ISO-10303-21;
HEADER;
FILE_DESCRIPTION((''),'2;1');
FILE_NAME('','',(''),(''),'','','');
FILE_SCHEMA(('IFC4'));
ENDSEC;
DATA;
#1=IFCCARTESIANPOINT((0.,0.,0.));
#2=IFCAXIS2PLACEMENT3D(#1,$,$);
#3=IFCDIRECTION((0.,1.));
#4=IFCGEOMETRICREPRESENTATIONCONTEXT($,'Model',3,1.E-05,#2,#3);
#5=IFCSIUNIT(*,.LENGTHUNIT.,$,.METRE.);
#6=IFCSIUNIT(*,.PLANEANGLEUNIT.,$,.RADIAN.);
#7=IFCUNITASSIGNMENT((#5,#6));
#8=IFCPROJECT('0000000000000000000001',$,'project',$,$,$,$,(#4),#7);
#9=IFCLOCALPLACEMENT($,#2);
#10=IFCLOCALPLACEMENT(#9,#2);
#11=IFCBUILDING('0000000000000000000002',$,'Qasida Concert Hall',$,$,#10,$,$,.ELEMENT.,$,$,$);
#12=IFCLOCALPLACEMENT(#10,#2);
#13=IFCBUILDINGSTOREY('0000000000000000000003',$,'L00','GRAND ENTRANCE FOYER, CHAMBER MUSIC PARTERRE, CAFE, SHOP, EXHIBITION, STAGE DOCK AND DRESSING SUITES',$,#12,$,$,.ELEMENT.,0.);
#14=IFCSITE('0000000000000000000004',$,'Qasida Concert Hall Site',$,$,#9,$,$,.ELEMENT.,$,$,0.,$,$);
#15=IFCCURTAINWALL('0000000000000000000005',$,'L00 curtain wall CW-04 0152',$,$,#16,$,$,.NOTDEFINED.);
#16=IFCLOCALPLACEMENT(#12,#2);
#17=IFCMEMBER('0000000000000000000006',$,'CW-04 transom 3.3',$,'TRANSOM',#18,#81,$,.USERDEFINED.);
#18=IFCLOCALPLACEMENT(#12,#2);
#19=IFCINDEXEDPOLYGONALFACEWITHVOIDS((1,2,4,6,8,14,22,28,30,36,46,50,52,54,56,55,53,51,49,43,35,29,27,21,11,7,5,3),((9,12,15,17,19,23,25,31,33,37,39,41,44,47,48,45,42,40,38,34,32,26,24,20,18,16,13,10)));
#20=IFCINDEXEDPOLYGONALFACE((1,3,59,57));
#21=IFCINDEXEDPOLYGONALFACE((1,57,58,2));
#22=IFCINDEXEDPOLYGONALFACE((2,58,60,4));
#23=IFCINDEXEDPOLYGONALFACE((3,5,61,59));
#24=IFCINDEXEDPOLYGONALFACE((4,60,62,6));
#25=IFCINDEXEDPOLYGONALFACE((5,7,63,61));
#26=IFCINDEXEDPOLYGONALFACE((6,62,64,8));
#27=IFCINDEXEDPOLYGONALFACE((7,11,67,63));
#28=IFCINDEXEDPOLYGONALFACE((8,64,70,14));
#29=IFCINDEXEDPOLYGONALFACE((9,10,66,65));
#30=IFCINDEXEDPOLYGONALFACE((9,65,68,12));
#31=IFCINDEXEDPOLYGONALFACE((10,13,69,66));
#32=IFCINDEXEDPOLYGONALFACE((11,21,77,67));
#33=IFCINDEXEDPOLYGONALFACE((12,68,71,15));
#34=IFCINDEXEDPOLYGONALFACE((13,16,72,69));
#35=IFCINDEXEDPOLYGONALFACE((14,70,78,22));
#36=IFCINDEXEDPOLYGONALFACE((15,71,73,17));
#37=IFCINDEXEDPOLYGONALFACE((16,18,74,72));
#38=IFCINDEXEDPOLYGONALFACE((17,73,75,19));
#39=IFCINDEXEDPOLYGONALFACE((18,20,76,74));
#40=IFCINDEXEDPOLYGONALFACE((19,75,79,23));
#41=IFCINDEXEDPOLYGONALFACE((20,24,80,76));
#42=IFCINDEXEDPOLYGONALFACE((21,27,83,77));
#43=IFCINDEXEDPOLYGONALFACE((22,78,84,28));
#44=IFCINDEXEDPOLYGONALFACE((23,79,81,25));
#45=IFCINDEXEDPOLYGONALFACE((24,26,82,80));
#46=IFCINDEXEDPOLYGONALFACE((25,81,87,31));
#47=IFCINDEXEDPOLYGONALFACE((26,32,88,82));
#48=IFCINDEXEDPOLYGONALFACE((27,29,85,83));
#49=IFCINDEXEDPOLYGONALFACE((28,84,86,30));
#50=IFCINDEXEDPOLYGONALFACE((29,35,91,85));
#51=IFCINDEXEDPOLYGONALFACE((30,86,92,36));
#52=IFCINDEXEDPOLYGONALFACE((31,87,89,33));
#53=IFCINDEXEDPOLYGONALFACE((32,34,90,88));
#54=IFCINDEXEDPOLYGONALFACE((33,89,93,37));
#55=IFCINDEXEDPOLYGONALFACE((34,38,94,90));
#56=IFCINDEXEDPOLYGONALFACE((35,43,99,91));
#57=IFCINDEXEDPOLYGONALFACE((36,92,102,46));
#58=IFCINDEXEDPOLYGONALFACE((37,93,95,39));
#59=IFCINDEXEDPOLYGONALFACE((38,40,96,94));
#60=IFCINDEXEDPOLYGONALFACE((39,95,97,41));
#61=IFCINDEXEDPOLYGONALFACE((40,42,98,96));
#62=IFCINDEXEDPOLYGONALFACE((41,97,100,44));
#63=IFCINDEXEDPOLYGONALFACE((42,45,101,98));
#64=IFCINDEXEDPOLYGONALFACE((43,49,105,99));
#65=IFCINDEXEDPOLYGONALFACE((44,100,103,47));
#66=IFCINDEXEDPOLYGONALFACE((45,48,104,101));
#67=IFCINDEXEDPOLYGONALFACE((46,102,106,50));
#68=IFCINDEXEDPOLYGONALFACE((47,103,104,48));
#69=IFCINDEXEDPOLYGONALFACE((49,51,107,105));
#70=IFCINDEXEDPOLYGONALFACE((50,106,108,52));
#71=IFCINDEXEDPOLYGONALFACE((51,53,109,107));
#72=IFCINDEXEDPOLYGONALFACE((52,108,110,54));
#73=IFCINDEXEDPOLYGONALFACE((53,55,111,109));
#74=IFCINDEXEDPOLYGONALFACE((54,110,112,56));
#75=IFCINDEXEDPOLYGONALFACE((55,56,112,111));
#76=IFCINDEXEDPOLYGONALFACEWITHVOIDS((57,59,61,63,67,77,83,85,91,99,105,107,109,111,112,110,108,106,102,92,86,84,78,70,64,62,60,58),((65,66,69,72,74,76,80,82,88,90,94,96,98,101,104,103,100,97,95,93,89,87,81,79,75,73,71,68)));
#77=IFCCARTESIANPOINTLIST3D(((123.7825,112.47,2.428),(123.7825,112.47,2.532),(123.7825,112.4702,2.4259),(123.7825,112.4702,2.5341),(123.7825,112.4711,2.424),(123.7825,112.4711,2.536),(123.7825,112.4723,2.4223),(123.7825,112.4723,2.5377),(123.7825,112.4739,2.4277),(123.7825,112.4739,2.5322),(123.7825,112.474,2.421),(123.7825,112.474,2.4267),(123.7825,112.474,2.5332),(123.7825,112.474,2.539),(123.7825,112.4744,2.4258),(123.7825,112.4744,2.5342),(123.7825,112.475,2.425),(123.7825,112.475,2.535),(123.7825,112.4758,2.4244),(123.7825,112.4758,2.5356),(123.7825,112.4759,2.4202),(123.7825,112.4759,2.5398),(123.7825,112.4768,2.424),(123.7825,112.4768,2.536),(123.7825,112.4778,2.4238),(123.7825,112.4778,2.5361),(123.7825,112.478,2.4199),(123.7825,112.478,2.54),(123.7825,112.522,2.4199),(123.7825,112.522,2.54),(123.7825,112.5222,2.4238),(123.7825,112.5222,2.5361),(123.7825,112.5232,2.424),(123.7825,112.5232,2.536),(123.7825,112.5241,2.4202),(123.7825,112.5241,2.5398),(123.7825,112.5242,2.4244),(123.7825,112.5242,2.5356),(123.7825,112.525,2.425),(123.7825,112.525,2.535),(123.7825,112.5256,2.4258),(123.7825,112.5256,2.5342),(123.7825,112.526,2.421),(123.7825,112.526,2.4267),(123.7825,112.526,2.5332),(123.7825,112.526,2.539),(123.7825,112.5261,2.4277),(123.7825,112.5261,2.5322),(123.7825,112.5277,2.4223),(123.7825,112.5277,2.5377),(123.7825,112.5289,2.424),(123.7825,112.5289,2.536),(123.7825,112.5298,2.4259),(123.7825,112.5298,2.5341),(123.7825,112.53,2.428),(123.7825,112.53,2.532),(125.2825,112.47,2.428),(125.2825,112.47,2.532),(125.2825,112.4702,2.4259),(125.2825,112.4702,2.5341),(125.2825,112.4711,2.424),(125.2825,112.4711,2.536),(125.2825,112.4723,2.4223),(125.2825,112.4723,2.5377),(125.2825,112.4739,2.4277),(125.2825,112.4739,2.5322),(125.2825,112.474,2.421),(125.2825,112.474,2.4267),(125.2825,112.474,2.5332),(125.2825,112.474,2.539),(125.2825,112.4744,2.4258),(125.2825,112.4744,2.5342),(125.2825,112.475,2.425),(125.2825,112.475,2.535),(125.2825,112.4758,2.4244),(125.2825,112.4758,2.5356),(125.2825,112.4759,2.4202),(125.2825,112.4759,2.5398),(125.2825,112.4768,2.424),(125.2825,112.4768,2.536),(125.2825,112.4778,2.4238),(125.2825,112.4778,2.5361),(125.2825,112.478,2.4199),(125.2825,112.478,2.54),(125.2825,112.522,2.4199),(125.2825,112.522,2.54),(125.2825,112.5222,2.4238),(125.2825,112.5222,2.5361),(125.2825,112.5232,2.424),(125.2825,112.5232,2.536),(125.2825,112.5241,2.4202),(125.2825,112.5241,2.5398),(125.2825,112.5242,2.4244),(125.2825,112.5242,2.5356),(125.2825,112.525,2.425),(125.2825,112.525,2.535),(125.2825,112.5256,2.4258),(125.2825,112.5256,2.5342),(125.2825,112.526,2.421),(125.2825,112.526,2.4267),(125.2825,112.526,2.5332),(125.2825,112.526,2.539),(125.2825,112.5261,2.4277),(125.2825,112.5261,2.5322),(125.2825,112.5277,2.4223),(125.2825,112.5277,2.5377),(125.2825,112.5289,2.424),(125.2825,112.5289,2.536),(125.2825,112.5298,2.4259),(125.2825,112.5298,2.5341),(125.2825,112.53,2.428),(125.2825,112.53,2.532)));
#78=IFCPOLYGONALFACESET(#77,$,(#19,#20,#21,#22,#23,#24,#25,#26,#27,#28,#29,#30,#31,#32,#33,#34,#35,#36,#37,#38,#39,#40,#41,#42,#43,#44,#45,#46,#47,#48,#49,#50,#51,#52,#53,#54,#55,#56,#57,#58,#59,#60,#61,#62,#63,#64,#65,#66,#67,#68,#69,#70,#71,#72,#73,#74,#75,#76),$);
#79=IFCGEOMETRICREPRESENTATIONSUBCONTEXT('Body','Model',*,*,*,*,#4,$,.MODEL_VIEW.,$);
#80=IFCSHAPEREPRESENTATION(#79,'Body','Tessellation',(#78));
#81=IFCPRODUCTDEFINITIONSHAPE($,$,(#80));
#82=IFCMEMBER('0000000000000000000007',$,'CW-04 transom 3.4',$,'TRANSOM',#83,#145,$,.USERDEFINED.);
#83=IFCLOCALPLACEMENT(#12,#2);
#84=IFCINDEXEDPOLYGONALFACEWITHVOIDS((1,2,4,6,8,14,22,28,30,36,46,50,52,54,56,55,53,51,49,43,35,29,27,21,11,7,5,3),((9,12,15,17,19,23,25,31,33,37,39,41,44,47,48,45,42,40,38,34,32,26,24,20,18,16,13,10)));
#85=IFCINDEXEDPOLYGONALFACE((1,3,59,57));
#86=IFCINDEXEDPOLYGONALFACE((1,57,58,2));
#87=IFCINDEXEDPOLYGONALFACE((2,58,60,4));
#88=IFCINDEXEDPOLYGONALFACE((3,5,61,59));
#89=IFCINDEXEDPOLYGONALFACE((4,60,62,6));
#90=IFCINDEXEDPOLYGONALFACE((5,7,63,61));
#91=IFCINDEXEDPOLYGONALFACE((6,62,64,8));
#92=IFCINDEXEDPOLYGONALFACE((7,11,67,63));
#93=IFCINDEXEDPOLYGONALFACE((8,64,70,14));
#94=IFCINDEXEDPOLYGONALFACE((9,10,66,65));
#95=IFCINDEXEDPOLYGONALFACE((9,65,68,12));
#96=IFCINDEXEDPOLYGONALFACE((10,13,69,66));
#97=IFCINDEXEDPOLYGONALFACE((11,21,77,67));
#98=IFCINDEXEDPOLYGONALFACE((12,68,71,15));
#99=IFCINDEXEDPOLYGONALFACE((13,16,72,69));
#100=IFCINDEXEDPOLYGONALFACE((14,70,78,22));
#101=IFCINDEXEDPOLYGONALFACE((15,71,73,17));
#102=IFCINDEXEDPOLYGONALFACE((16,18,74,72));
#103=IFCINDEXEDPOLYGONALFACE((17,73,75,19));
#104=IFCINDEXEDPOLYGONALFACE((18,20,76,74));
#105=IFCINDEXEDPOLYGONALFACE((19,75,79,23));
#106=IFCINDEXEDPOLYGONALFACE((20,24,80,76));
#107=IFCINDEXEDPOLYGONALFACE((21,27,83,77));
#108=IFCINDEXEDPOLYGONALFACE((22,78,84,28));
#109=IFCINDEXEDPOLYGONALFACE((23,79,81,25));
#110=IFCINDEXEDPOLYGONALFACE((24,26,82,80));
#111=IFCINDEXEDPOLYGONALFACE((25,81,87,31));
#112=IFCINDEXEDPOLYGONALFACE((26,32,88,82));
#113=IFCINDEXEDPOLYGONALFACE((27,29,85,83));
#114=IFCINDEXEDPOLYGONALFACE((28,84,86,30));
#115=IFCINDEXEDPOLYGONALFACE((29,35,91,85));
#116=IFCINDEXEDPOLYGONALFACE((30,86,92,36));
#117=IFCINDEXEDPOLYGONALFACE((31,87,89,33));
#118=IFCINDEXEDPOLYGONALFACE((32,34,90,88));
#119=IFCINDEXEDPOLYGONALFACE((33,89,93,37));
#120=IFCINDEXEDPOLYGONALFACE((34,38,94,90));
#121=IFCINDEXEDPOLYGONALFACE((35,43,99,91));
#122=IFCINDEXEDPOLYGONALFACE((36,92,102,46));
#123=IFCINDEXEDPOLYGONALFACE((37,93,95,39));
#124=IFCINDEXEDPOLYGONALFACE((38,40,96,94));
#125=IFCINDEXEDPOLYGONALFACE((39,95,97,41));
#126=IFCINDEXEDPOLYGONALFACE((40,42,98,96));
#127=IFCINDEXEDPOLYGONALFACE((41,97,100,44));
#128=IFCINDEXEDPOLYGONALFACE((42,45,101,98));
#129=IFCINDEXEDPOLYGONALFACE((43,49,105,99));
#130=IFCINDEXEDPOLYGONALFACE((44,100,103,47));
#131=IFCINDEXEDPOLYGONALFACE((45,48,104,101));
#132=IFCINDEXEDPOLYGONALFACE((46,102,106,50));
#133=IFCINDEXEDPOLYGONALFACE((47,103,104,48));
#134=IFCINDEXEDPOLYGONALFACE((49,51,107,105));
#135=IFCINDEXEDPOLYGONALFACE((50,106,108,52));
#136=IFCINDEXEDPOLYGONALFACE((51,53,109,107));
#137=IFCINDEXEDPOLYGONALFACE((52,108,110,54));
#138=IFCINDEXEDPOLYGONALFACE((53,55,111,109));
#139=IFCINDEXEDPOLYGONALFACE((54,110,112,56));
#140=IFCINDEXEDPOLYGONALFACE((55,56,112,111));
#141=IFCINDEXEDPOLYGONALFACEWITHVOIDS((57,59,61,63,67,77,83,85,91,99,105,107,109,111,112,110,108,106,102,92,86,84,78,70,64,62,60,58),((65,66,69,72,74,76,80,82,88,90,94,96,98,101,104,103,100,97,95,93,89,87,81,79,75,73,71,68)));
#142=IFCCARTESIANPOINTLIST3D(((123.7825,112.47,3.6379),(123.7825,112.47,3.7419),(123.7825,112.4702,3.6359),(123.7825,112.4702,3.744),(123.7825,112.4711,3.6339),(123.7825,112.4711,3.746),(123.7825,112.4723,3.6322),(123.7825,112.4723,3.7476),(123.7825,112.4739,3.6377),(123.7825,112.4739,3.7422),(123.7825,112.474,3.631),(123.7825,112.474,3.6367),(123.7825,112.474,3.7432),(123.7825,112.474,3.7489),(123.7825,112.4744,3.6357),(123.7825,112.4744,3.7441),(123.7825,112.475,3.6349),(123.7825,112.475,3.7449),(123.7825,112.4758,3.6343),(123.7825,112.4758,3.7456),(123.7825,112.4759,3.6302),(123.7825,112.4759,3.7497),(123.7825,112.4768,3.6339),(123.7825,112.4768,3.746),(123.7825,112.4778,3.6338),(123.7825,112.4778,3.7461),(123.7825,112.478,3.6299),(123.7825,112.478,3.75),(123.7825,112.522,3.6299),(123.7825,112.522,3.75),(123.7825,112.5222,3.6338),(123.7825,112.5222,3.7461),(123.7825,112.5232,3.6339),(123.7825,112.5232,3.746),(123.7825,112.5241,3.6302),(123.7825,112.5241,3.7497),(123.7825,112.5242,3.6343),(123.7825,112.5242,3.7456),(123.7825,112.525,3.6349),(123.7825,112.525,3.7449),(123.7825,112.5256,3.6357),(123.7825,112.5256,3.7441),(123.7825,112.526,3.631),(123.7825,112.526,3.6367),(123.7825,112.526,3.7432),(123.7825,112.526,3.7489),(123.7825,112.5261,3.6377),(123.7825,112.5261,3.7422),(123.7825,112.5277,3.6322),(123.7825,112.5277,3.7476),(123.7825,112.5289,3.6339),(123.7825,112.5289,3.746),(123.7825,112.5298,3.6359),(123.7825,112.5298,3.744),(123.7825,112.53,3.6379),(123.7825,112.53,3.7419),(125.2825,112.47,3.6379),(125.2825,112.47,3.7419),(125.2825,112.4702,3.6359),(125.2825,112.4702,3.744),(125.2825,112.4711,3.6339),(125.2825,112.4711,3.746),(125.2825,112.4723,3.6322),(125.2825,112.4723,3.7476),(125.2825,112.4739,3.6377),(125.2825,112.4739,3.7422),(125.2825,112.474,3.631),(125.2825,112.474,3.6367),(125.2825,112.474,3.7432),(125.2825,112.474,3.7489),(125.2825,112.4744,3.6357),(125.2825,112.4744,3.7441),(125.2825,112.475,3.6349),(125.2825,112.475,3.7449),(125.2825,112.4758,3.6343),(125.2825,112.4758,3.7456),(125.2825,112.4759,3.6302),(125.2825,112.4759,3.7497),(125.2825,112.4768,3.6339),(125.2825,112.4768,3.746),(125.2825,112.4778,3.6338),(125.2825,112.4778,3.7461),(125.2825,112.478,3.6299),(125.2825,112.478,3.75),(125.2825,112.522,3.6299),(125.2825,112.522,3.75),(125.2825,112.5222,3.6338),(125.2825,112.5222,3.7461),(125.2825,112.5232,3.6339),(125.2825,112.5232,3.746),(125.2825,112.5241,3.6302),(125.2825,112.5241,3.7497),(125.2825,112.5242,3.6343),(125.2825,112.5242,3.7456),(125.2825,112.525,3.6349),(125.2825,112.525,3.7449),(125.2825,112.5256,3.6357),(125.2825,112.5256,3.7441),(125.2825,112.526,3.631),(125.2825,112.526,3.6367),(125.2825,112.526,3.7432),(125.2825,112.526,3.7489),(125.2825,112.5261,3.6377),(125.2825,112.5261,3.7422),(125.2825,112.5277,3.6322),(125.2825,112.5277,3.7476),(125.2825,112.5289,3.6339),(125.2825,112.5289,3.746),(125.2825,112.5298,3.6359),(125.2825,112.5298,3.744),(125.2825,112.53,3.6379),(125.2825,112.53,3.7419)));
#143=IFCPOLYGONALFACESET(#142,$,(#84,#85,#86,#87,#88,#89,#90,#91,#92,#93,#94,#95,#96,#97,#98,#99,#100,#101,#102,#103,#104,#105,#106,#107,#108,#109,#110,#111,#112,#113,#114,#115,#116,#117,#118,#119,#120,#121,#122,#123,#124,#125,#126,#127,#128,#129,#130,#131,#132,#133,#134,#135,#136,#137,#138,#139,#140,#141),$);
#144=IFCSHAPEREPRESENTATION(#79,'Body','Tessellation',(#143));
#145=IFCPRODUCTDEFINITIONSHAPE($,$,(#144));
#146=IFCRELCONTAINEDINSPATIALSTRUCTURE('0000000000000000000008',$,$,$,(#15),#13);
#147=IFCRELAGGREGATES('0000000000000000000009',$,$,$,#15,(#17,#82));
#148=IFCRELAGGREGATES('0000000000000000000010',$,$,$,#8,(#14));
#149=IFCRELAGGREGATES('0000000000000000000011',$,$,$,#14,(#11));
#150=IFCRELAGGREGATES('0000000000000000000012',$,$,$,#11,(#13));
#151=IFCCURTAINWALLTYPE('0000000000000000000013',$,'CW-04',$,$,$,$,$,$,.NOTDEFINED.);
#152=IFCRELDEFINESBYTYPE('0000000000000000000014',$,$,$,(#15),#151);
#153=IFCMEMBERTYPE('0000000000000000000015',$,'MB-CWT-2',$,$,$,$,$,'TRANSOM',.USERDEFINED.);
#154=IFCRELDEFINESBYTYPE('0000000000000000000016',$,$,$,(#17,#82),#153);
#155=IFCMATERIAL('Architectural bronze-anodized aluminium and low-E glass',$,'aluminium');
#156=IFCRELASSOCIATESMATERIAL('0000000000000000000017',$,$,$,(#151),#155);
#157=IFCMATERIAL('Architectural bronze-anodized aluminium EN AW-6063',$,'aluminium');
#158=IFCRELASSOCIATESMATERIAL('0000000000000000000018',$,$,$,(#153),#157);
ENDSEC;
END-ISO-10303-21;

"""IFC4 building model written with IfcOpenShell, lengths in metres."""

from ifc_helpers import new_model, si_unit, direction, frame, origin, origin_2d, place, context, subcontext, project, spatial, hollow_rectangle, extrude, material, material_profile, profile_set, type_object, element, aggregate, save


model = new_model("IFC4")

# Units and contexts
model_context = context("Model", 3, precision=1e-05, world=origin(), true_north=direction((0.0, 1.0)))
body_context = subcontext(model_context, "Body", "Model", "MODEL_VIEW")
ifc_project = project(units=[si_unit("LENGTHUNIT", "METRE"), si_unit("PLANEANGLEUNIT", "RADIAN")], contexts=[model_context])

# Site, building, storey
site_placement = place(None, origin())
site = spatial("IfcSite", under=ifc_project, at=site_placement, Name="Qasida Concert Hall Site", CompositionType="ELEMENT", RefElevation=0.0)
building_placement = place(site_placement, origin())
building = spatial("IfcBuilding", under=site, at=building_placement, Name="Qasida Concert Hall", CompositionType="ELEMENT")
storey_placement = place(building_placement, origin())
storey = spatial("IfcBuildingStorey", under=building, at=storey_placement, Name="L00", Description="GRAND ENTRANCE FOYER, CHAMBER MUSIC PARTERRE, CAFE, SHOP, EXHIBITION, STAGE DOCK AND DRESSING SUITES", CompositionType="ELEMENT", Elevation=0.0)

# Curtain wall, members
ifc_material_1 = material(Name="Architectural bronze-anodized aluminium and low-E glass", Category="aluminium")
curtain_wall_type = type_object("IfcCurtainWallType", Name="CW-04", PredefinedType="NOTDEFINED", material=ifc_material_1)
curtain_wall_placement = place(storey_placement, origin())
curtain_wall = element("IfcCurtainWall", 1, at=curtain_wall_placement, inside=storey, type_object=curtain_wall_type, Name="L00 curtain wall CW-04 0152", PredefinedType="NOTDEFINED")
ifc_material_2 = material(Name="Architectural bronze-anodized aluminium EN AW-6063", Category="aluminium")
ifc_material_profile_1 = material_profile(ifc_material_2, hollow_rectangle(XDim=0.0601, YDim=0.1201, WallThickness=0.0039, InnerFilletRadius=0.0039, OuterFilletRadius=0.0081, at=origin_2d()), Name="CWT 120x60x4")
ifc_profile_set_1 = profile_set([ifc_material_profile_1], Name="Architectural bronze-anodized aluminium EN AW-6063")
member_type_1 = type_object("IfcMemberType", Name="MB-CWT-2", ElementType="TRANSOM", PredefinedType="USERDEFINED", material=ifc_profile_set_1)
member_1_placement = place(storey_placement, frame((123.7825, 112.5, 2.48), z_axis=(1.0, 0.0, 0.0), x_axis=(0.0, 1.0, 0.0)))
member_1 = element("IfcMember", 2, at=member_1_placement, type_object=member_type_1, Name="CW-04 transom 3.3", ObjectType="TRANSOM", PredefinedType="USERDEFINED", context=body_context, shape_type="SweptSolid", body=[
    extrude(hollow_rectangle(XDim=0.0601, YDim=0.1201, WallThickness=0.0039, InnerFilletRadius=0.0039, OuterFilletRadius=0.0081, at=origin_2d()), origin(), (0.0, 0.0, 1.0), 1.5),
])
member_2_placement = place(storey_placement, frame((123.7825, 112.5, 3.6899), z_axis=(1.0, 0.0, 0.0), x_axis=(0.0, 1.0, 0.0)))
member_2 = element("IfcMember", 3, at=member_2_placement, type_object=member_type_1, Name="CW-04 transom 3.4", ObjectType="TRANSOM", PredefinedType="USERDEFINED", context=body_context, shape_type="SweptSolid", body=[
    extrude(hollow_rectangle(XDim=0.0601, YDim=0.1201, WallThickness=0.0039, InnerFilletRadius=0.0039, OuterFilletRadius=0.0081, at=origin_2d()), origin(), (0.0, 0.0, 1.0), 1.5),
])
aggregate(curtain_wall, [member_1, member_2])

save(model, "model.ifc")
